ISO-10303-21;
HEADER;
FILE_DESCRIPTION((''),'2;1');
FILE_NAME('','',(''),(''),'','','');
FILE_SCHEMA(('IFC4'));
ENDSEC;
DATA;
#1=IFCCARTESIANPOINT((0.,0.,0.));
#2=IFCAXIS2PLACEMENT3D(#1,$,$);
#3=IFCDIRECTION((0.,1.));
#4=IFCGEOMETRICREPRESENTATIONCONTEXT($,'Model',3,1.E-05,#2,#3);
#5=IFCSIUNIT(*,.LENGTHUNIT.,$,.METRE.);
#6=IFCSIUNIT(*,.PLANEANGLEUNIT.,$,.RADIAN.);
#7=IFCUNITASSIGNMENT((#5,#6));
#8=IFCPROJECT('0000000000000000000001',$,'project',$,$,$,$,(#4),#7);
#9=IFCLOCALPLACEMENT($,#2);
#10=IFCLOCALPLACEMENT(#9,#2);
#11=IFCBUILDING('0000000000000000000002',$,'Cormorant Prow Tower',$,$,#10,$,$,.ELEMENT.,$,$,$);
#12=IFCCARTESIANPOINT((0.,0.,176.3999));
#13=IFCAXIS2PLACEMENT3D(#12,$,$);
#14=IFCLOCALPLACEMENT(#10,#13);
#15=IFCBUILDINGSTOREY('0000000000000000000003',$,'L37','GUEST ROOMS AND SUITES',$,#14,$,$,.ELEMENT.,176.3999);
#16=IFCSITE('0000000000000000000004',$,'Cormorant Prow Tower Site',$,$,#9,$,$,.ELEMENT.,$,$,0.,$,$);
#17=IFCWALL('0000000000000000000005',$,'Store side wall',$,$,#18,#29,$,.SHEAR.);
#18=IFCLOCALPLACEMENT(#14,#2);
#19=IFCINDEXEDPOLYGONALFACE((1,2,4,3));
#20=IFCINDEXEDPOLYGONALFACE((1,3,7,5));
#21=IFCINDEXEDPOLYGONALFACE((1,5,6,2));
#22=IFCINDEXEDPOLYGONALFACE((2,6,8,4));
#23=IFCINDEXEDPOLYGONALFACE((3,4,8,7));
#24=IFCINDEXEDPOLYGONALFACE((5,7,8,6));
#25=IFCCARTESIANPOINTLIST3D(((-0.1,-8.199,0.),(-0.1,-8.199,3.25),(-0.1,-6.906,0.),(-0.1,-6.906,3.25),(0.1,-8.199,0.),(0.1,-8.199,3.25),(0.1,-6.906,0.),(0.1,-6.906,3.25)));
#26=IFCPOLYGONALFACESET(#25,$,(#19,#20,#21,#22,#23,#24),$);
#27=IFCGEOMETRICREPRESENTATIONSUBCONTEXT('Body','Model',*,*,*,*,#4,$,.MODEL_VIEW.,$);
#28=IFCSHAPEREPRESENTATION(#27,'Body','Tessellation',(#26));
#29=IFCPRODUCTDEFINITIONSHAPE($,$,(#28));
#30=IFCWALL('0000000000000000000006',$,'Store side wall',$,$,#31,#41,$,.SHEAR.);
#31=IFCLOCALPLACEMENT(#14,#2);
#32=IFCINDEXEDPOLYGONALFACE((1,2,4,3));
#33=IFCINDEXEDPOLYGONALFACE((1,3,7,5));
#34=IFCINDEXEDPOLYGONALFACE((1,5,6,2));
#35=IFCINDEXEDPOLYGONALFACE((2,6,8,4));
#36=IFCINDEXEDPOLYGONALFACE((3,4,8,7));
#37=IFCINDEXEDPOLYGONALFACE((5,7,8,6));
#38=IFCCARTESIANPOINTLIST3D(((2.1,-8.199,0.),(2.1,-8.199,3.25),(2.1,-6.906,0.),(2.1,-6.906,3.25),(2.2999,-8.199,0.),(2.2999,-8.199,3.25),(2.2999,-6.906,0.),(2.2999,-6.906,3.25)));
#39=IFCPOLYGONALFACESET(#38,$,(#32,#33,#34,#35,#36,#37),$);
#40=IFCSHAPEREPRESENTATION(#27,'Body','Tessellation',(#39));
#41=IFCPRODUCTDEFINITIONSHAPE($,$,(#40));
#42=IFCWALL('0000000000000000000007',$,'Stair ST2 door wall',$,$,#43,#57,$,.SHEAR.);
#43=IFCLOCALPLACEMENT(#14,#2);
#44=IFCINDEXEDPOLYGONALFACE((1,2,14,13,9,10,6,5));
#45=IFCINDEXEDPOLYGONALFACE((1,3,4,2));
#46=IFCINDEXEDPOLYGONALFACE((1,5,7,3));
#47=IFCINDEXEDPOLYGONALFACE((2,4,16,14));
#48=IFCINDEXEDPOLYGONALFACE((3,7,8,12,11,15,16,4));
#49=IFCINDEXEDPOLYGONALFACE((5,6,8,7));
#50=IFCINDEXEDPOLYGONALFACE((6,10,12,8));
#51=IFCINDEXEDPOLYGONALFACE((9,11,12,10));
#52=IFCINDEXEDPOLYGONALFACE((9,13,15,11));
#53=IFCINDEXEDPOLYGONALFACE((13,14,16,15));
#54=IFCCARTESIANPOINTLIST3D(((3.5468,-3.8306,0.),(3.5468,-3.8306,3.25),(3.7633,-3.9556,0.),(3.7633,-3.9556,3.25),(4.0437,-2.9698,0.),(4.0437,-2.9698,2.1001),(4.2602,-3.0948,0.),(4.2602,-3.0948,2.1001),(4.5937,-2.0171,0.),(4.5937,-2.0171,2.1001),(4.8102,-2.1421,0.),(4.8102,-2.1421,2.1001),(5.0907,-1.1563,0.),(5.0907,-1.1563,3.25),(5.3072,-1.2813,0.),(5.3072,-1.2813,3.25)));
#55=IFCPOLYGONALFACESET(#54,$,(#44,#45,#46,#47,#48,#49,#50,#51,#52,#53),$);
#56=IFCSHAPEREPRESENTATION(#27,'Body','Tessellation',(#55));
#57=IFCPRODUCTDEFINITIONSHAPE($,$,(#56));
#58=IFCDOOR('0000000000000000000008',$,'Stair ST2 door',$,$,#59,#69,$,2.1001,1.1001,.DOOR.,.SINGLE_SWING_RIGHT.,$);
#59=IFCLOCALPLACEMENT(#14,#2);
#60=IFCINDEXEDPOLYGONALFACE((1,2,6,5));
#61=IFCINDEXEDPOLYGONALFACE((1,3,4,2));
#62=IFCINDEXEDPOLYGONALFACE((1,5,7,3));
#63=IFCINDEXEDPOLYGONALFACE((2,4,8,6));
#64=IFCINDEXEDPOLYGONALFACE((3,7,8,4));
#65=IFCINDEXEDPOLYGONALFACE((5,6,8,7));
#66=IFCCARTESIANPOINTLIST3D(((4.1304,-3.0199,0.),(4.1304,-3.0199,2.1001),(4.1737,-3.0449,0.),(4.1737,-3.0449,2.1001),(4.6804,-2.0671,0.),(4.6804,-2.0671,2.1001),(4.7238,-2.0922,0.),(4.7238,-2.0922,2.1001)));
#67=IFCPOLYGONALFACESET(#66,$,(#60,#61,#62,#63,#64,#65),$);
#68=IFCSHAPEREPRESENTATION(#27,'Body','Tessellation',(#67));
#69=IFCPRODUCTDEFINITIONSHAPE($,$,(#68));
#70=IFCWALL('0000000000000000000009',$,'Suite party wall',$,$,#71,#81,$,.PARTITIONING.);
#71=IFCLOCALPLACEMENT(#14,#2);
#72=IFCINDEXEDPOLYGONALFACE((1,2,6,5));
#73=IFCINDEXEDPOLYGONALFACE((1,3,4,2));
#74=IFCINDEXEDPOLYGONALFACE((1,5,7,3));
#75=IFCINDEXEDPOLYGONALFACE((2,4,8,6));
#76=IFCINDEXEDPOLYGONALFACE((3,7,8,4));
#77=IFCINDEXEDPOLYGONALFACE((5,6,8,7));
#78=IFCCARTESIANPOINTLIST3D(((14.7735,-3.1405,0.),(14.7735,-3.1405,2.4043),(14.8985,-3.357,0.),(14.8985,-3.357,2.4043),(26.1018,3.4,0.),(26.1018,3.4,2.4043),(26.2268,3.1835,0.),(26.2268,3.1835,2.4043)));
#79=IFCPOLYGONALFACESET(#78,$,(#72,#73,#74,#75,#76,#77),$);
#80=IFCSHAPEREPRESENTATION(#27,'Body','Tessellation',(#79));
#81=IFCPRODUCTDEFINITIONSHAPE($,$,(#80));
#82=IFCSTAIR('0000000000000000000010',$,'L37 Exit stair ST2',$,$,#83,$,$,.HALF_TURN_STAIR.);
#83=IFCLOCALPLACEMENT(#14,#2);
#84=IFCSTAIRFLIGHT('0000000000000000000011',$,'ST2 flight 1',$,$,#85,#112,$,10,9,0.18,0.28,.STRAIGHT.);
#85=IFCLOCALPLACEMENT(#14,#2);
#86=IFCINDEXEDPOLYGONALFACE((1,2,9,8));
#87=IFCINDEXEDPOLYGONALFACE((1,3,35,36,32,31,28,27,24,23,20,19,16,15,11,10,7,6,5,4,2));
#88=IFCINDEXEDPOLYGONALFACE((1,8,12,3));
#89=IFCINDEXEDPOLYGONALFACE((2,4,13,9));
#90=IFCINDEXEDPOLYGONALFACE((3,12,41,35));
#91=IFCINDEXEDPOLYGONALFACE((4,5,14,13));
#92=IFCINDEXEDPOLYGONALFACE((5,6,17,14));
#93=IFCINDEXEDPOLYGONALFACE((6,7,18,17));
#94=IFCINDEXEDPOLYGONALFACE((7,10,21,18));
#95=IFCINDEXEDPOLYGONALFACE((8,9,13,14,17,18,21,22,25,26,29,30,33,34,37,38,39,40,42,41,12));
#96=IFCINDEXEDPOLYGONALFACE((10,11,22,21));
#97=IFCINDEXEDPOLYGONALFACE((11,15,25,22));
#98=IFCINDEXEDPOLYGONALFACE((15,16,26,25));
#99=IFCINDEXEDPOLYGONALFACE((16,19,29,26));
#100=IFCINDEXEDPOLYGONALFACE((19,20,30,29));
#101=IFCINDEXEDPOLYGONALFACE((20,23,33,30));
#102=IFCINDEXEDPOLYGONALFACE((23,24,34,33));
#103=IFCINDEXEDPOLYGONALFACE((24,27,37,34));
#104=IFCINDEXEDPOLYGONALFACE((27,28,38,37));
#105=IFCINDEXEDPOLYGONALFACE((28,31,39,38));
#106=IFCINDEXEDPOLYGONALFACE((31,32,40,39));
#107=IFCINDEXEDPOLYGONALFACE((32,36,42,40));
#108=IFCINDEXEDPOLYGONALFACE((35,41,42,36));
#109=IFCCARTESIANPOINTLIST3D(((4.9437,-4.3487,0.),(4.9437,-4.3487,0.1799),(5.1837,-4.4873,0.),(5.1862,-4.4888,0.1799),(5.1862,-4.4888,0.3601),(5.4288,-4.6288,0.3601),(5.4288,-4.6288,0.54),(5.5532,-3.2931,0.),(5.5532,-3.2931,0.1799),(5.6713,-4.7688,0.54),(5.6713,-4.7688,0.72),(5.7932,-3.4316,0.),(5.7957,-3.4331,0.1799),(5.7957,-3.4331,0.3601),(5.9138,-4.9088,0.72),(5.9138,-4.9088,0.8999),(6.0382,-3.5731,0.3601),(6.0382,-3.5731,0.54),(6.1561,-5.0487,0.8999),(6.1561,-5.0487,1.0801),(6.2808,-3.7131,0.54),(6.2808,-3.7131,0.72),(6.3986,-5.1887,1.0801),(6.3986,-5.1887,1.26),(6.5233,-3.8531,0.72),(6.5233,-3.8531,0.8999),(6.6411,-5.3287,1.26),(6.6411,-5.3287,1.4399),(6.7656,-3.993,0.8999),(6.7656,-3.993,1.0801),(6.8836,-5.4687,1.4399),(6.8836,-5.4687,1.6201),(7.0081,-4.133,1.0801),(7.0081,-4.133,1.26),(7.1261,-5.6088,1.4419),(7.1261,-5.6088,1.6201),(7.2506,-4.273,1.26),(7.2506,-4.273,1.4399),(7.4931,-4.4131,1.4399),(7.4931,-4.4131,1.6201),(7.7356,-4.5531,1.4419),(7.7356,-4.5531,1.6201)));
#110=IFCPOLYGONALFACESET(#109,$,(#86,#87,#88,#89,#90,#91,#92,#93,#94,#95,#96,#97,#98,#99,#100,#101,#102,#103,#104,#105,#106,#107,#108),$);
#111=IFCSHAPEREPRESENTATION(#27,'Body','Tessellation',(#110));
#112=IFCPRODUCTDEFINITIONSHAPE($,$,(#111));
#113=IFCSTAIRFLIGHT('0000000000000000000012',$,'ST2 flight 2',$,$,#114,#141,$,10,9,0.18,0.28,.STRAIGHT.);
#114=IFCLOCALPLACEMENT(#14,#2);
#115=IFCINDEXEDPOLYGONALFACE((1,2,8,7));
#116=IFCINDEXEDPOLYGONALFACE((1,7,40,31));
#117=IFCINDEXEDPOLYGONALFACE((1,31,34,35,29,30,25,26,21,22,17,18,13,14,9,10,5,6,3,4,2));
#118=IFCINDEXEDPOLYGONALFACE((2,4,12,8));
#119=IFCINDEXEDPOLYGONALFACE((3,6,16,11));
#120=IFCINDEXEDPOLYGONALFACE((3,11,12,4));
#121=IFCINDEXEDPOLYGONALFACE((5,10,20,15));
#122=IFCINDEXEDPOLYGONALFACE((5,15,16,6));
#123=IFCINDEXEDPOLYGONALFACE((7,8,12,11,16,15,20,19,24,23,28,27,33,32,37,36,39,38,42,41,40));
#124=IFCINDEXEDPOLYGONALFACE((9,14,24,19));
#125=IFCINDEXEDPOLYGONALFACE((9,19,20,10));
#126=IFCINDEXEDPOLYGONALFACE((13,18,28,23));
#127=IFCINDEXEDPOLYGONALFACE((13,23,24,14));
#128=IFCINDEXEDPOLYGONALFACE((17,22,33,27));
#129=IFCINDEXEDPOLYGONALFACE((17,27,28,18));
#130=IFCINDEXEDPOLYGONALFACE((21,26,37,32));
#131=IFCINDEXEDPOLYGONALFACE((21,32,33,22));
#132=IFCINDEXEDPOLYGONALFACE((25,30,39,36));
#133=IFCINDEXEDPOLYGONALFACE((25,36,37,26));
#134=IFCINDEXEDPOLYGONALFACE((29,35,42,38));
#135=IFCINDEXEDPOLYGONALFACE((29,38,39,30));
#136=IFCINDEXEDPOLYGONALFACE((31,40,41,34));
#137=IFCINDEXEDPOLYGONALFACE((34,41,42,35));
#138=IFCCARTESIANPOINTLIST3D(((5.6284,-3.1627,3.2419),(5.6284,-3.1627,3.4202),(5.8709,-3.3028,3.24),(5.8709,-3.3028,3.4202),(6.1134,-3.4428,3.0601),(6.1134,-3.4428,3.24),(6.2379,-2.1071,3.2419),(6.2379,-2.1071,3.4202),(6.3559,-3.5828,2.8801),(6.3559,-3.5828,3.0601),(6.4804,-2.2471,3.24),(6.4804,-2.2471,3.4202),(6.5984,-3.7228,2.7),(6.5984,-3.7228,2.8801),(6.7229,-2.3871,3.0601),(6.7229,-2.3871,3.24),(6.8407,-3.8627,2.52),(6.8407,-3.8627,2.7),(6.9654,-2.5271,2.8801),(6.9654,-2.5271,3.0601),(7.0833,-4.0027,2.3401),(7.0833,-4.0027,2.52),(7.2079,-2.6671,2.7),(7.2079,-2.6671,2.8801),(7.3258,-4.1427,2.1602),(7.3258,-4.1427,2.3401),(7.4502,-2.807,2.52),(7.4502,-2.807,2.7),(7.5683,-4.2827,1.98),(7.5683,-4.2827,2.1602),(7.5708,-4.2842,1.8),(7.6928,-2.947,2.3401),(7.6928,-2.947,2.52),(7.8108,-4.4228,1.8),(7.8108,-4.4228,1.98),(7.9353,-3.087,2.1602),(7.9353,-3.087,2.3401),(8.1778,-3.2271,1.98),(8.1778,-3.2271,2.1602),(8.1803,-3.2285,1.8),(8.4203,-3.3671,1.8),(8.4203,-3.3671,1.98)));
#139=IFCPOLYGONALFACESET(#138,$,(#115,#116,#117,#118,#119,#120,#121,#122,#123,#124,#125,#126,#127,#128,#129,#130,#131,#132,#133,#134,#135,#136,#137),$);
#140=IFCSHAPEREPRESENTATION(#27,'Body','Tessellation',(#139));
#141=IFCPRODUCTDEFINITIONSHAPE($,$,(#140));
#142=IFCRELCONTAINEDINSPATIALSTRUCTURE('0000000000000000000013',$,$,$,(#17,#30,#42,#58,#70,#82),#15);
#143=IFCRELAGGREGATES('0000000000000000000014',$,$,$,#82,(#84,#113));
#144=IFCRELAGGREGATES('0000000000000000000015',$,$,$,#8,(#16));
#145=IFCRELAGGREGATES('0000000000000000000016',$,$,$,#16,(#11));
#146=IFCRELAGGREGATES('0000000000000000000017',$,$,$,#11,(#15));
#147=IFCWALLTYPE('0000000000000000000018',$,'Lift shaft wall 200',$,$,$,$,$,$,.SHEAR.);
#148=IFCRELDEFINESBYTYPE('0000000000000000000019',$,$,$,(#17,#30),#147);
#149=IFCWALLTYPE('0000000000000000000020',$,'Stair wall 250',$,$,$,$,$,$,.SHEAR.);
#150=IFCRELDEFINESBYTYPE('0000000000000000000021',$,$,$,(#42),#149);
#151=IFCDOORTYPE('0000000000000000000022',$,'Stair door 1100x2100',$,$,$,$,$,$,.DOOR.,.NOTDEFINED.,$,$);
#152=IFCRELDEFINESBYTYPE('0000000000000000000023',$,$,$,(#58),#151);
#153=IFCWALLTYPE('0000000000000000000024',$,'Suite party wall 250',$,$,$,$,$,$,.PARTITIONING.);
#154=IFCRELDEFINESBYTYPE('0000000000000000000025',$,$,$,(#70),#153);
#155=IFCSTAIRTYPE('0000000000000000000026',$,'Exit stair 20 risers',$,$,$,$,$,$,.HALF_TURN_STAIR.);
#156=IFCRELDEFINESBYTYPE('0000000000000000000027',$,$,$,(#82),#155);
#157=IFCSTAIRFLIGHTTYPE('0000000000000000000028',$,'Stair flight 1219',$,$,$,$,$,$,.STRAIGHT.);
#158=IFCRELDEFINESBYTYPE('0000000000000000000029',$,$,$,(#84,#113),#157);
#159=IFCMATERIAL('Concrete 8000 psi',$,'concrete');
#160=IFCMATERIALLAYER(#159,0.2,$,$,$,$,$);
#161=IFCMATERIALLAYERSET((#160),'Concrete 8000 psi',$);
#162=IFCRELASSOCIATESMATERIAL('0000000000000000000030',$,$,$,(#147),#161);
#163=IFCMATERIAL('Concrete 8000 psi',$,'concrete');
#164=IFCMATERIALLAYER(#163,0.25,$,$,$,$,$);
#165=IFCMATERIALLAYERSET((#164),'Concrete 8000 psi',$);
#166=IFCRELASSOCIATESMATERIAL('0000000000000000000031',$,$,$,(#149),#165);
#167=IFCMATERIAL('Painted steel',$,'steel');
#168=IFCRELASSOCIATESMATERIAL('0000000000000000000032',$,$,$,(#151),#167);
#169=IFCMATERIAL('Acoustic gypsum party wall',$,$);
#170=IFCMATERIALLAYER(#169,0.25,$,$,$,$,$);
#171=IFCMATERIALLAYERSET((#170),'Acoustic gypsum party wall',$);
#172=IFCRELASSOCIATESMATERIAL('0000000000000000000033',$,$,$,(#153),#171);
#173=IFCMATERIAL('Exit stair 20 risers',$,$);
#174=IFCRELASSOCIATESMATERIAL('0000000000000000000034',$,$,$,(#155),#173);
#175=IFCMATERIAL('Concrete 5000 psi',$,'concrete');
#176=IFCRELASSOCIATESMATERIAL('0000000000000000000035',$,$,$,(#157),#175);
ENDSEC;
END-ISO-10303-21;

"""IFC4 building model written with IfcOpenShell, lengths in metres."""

from ifc_helpers import new_model, si_unit, direction, frame, frame_2d, origin, place, context, subcontext, project, spatial, polyline, rectangle, outline, extrude, material, layer, layer_set, type_object, element, fill, aggregate, save


model = new_model("IFC4")

# Units and contexts
model_context = context("Model", 3, precision=1e-05, world=origin(), true_north=direction((0.0, 1.0)))
body_context = subcontext(model_context, "Body", "Model", "MODEL_VIEW")
ifc_project = project(units=[si_unit("LENGTHUNIT", "METRE"), si_unit("PLANEANGLEUNIT", "RADIAN")], contexts=[model_context])

# Site, building, storey
site_placement = place(None, origin())
site = spatial("IfcSite", under=ifc_project, at=site_placement, Name="Cormorant Prow Tower Site", CompositionType="ELEMENT", RefElevation=0.0)
building_placement = place(site_placement, origin())
building = spatial("IfcBuilding", under=site, at=building_placement, Name="Cormorant Prow Tower", CompositionType="ELEMENT")
storey_placement = place(building_placement, frame((0.0, 0.0, 176.3999)))
storey = spatial("IfcBuildingStorey", under=building, at=storey_placement, Name="L37", Description="GUEST ROOMS AND SUITES", CompositionType="ELEMENT", Elevation=176.3999)

# Walls
ifc_material_1 = material(Name="Concrete 8000 psi", Category="concrete")
ifc_layer_1 = layer(ifc_material_1, 0.2)
ifc_layer_set_1 = layer_set([ifc_layer_1], Name="Concrete 8000 psi")
wall_type_1 = type_object("IfcWallType", Name="Lift shaft wall 200", PredefinedType="SHEAR", material=ifc_layer_set_1)
for number, where, z_axis, x_axis, name in (
    (1, (0.0, -6.906, 0.0), (0.0, 0.0, 1.0), (0.0, -1.0, 0.0), "Store side wall"),
    (2, (2.2, -6.906, 0.0), (0.0, 0.0, 1.0), (0.0, -1.0, 0.0), "Store side wall"),
):
    element("IfcWall", number, at=place(storey_placement, frame(where, z_axis=z_axis, x_axis=x_axis)), inside=storey, type_object=wall_type_1, Name=name, PredefinedType="SHEAR", context=body_context, shape_type="SweptSolid", body=[
        extrude(rectangle(XDim=1.293, YDim=0.2, at=frame_2d((0.6465, 0.0))), origin(), (0.0, 0.0, 1.0), 3.25),
    ])

# Wall, opening, door
ifc_material_2 = material(Name="Concrete 8000 psi", Category="concrete")
ifc_layer_2 = layer(ifc_material_2, 0.25)
ifc_layer_set_2 = layer_set([ifc_layer_2], Name="Concrete 8000 psi")
wall_type_2 = type_object("IfcWallType", Name="Stair wall 250", PredefinedType="SHEAR", material=ifc_layer_set_2)
wall_1_placement = place(storey_placement, frame((3.655, -3.8931, 0.0), z_axis=(0.0, 0.0, 1.0), x_axis=(0.499983, 0.866035, 0.0)))
wall_1 = element("IfcWall", 3, at=wall_1_placement, inside=storey, type_object=wall_type_2, Name="Stair ST2 door wall", PredefinedType="SHEAR", context=body_context, shape_type="SweptSolid", body=[
    extrude(rectangle(XDim=3.0879, YDim=0.25, at=frame_2d((1.5439, 0.0))), origin(), (0.0, 0.0, 1.0), 3.25),
])
opening_1_placement = place(wall_1_placement, frame((0.9939, 0.0, 0.0)))
opening_1 = element("IfcOpeningElement", 4, at=opening_1_placement, cuts=wall_1, PredefinedType="OPENING", context=body_context, shape_type="SweptSolid", body=[
    extrude(rectangle(XDim=1.1001, YDim=2.1001, at=frame_2d((0.55, 1.05))), frame((0.0, 0.135, 0.0), z_axis=(0.0, -1.0, 0.0), x_axis=(1.0, 0.0, 0.0)), (0.0, 0.0, 1.0), 0.27),
])
ifc_material_3 = material(Name="Painted steel", Category="steel")
door_type_1 = type_object("IfcDoorType", Name="Stair door 1100x2100", OperationType="NOTDEFINED", PredefinedType="DOOR", material=ifc_material_3)
door_1_placement = place(opening_1_placement, origin())
door_1 = element("IfcDoor", 5, at=door_1_placement, inside=storey, type_object=door_type_1, Name="Stair ST2 door", OperationType="SINGLE_SWING_RIGHT", OverallHeight=2.1001, OverallWidth=1.1001, PredefinedType="DOOR", context=body_context, shape_type="SweptSolid", body=[
    extrude(rectangle(XDim=1.1001, YDim=2.1001, at=frame_2d((0.55, 1.05))), frame((0.0, 0.0249, 0.0), z_axis=(0.0, -1.0, 0.0), x_axis=(1.0, 0.0, 0.0)), (0.0, 0.0, 1.0), 0.05),
])
fill(opening_1, door_1)

# Wall
ifc_material_4 = material(Name="Acoustic gypsum party wall")
ifc_layer_3 = layer(ifc_material_4, 0.25)
ifc_layer_set_3 = layer_set([ifc_layer_3], Name="Acoustic gypsum party wall")
wall_type_3 = type_object("IfcWallType", Name="Suite party wall 250", PredefinedType="PARTITIONING", material=ifc_layer_set_3)
wall_2_placement = place(storey_placement, frame((14.8359, -3.2488, 0.0), z_axis=(0.0, 0.0, 1.0), x_axis=(0.866022, 0.500005, 0.0)))
element("IfcWall", 6, at=wall_2_placement, inside=storey, type_object=wall_type_3, Name="Suite party wall", PredefinedType="PARTITIONING", context=body_context, shape_type="SweptSolid", body=[
    extrude(rectangle(XDim=13.0808, YDim=0.25, at=frame_2d((6.5405, 0.0))), origin(), (0.0, 0.0, 1.0), 2.4043),
])

# Stair, stair flights
ifc_material_5 = material(Name="Exit stair 20 risers")
stair_type = type_object("IfcStairType", Name="Exit stair 20 risers", PredefinedType="HALF_TURN_STAIR", material=ifc_material_5)
stair_placement = place(storey_placement, origin())
stair = element("IfcStair", 7, at=stair_placement, inside=storey, type_object=stair_type, Name="L37 Exit stair ST2", PredefinedType="HALF_TURN_STAIR")
ifc_material_6 = material(Name="Concrete 5000 psi", Category="concrete")
stair_flight_type = type_object("IfcStairFlightType", Name="Stair flight 1219", PredefinedType="STRAIGHT", material=ifc_material_6)
stair_flight_1_placement = place(storey_placement, frame((5.2485, -3.8208, 0.0), z_axis=(0.0, 0.0, 1.0), x_axis=(0.866025, -0.5, 0.0)))
stair_flight_1 = element("IfcStairFlight", 8, at=stair_flight_1_placement, type_object=stair_flight_type, Name="ST2 flight 1", NumberOfRisers=10, NumberOfTreads=9, PredefinedType="STRAIGHT", RiserHeight=0.18, TreadLength=0.28, context=body_context, shape_type="SweptSolid", body=[
    extrude(outline(polyline([(0.0, 0.0), (0.0, 0.1799), (0.28, 0.1799), (0.28, 0.3601), (0.5601, 0.3601), (0.5601, 0.54), (0.8401, 0.54), (0.8401, 0.72), (1.1201, 0.72), (1.1201, 0.8999), (1.3999, 0.8999), (1.3999, 1.0801), (1.6799, 1.0801), (1.6799, 1.26), (1.96, 1.26), (1.96, 1.4399), (2.24, 1.4399), (2.24, 1.6201), (2.52, 1.6201), (2.52, 1.8), (2.52, 1.4419), (0.2771, 0.0), (0.0, 0.0)])), frame((0.0, 0.6094, 0.0), z_axis=(0.0, -1.0, 0.0), x_axis=(1.0, 0.0, 0.0)), (0.0, 0.0, 1.0), 1.219),
])
stair_flight_2_placement = place(storey_placement, frame((8.1155, -3.895, 1.8), z_axis=(0.0, 0.0, 1.0), x_axis=(-0.866025, 0.5, 0.0)))
stair_flight_2 = element("IfcStairFlight", 9, at=stair_flight_2_placement, type_object=stair_flight_type, Name="ST2 flight 2", NumberOfRisers=10, NumberOfTreads=9, PredefinedType="STRAIGHT", RiserHeight=0.18, TreadLength=0.28, context=body_context, shape_type="SweptSolid", body=[
    extrude(outline(polyline([(0.0, 0.0), (0.0, 0.1799), (0.28, 0.1799), (0.28, 0.3601), (0.5601, 0.3601), (0.5601, 0.54), (0.8401, 0.54), (0.8401, 0.72), (1.1201, 0.72), (1.1201, 0.8999), (1.3999, 0.8999), (1.3999, 1.0801), (1.6799, 1.0801), (1.6799, 1.26), (1.96, 1.26), (1.96, 1.4399), (2.24, 1.4399), (2.24, 1.6201), (2.52, 1.6201), (2.52, 1.8), (2.52, 1.4419), (0.2771, 0.0), (0.0, 0.0)])), frame((0.0, 0.6094, 0.0), z_axis=(0.0, -1.0, 0.0), x_axis=(1.0, 0.0, 0.0)), (0.0, 0.0, 1.0), 1.219),
])
aggregate(stair, [stair_flight_1, stair_flight_2])

save(model, "model.ifc")
